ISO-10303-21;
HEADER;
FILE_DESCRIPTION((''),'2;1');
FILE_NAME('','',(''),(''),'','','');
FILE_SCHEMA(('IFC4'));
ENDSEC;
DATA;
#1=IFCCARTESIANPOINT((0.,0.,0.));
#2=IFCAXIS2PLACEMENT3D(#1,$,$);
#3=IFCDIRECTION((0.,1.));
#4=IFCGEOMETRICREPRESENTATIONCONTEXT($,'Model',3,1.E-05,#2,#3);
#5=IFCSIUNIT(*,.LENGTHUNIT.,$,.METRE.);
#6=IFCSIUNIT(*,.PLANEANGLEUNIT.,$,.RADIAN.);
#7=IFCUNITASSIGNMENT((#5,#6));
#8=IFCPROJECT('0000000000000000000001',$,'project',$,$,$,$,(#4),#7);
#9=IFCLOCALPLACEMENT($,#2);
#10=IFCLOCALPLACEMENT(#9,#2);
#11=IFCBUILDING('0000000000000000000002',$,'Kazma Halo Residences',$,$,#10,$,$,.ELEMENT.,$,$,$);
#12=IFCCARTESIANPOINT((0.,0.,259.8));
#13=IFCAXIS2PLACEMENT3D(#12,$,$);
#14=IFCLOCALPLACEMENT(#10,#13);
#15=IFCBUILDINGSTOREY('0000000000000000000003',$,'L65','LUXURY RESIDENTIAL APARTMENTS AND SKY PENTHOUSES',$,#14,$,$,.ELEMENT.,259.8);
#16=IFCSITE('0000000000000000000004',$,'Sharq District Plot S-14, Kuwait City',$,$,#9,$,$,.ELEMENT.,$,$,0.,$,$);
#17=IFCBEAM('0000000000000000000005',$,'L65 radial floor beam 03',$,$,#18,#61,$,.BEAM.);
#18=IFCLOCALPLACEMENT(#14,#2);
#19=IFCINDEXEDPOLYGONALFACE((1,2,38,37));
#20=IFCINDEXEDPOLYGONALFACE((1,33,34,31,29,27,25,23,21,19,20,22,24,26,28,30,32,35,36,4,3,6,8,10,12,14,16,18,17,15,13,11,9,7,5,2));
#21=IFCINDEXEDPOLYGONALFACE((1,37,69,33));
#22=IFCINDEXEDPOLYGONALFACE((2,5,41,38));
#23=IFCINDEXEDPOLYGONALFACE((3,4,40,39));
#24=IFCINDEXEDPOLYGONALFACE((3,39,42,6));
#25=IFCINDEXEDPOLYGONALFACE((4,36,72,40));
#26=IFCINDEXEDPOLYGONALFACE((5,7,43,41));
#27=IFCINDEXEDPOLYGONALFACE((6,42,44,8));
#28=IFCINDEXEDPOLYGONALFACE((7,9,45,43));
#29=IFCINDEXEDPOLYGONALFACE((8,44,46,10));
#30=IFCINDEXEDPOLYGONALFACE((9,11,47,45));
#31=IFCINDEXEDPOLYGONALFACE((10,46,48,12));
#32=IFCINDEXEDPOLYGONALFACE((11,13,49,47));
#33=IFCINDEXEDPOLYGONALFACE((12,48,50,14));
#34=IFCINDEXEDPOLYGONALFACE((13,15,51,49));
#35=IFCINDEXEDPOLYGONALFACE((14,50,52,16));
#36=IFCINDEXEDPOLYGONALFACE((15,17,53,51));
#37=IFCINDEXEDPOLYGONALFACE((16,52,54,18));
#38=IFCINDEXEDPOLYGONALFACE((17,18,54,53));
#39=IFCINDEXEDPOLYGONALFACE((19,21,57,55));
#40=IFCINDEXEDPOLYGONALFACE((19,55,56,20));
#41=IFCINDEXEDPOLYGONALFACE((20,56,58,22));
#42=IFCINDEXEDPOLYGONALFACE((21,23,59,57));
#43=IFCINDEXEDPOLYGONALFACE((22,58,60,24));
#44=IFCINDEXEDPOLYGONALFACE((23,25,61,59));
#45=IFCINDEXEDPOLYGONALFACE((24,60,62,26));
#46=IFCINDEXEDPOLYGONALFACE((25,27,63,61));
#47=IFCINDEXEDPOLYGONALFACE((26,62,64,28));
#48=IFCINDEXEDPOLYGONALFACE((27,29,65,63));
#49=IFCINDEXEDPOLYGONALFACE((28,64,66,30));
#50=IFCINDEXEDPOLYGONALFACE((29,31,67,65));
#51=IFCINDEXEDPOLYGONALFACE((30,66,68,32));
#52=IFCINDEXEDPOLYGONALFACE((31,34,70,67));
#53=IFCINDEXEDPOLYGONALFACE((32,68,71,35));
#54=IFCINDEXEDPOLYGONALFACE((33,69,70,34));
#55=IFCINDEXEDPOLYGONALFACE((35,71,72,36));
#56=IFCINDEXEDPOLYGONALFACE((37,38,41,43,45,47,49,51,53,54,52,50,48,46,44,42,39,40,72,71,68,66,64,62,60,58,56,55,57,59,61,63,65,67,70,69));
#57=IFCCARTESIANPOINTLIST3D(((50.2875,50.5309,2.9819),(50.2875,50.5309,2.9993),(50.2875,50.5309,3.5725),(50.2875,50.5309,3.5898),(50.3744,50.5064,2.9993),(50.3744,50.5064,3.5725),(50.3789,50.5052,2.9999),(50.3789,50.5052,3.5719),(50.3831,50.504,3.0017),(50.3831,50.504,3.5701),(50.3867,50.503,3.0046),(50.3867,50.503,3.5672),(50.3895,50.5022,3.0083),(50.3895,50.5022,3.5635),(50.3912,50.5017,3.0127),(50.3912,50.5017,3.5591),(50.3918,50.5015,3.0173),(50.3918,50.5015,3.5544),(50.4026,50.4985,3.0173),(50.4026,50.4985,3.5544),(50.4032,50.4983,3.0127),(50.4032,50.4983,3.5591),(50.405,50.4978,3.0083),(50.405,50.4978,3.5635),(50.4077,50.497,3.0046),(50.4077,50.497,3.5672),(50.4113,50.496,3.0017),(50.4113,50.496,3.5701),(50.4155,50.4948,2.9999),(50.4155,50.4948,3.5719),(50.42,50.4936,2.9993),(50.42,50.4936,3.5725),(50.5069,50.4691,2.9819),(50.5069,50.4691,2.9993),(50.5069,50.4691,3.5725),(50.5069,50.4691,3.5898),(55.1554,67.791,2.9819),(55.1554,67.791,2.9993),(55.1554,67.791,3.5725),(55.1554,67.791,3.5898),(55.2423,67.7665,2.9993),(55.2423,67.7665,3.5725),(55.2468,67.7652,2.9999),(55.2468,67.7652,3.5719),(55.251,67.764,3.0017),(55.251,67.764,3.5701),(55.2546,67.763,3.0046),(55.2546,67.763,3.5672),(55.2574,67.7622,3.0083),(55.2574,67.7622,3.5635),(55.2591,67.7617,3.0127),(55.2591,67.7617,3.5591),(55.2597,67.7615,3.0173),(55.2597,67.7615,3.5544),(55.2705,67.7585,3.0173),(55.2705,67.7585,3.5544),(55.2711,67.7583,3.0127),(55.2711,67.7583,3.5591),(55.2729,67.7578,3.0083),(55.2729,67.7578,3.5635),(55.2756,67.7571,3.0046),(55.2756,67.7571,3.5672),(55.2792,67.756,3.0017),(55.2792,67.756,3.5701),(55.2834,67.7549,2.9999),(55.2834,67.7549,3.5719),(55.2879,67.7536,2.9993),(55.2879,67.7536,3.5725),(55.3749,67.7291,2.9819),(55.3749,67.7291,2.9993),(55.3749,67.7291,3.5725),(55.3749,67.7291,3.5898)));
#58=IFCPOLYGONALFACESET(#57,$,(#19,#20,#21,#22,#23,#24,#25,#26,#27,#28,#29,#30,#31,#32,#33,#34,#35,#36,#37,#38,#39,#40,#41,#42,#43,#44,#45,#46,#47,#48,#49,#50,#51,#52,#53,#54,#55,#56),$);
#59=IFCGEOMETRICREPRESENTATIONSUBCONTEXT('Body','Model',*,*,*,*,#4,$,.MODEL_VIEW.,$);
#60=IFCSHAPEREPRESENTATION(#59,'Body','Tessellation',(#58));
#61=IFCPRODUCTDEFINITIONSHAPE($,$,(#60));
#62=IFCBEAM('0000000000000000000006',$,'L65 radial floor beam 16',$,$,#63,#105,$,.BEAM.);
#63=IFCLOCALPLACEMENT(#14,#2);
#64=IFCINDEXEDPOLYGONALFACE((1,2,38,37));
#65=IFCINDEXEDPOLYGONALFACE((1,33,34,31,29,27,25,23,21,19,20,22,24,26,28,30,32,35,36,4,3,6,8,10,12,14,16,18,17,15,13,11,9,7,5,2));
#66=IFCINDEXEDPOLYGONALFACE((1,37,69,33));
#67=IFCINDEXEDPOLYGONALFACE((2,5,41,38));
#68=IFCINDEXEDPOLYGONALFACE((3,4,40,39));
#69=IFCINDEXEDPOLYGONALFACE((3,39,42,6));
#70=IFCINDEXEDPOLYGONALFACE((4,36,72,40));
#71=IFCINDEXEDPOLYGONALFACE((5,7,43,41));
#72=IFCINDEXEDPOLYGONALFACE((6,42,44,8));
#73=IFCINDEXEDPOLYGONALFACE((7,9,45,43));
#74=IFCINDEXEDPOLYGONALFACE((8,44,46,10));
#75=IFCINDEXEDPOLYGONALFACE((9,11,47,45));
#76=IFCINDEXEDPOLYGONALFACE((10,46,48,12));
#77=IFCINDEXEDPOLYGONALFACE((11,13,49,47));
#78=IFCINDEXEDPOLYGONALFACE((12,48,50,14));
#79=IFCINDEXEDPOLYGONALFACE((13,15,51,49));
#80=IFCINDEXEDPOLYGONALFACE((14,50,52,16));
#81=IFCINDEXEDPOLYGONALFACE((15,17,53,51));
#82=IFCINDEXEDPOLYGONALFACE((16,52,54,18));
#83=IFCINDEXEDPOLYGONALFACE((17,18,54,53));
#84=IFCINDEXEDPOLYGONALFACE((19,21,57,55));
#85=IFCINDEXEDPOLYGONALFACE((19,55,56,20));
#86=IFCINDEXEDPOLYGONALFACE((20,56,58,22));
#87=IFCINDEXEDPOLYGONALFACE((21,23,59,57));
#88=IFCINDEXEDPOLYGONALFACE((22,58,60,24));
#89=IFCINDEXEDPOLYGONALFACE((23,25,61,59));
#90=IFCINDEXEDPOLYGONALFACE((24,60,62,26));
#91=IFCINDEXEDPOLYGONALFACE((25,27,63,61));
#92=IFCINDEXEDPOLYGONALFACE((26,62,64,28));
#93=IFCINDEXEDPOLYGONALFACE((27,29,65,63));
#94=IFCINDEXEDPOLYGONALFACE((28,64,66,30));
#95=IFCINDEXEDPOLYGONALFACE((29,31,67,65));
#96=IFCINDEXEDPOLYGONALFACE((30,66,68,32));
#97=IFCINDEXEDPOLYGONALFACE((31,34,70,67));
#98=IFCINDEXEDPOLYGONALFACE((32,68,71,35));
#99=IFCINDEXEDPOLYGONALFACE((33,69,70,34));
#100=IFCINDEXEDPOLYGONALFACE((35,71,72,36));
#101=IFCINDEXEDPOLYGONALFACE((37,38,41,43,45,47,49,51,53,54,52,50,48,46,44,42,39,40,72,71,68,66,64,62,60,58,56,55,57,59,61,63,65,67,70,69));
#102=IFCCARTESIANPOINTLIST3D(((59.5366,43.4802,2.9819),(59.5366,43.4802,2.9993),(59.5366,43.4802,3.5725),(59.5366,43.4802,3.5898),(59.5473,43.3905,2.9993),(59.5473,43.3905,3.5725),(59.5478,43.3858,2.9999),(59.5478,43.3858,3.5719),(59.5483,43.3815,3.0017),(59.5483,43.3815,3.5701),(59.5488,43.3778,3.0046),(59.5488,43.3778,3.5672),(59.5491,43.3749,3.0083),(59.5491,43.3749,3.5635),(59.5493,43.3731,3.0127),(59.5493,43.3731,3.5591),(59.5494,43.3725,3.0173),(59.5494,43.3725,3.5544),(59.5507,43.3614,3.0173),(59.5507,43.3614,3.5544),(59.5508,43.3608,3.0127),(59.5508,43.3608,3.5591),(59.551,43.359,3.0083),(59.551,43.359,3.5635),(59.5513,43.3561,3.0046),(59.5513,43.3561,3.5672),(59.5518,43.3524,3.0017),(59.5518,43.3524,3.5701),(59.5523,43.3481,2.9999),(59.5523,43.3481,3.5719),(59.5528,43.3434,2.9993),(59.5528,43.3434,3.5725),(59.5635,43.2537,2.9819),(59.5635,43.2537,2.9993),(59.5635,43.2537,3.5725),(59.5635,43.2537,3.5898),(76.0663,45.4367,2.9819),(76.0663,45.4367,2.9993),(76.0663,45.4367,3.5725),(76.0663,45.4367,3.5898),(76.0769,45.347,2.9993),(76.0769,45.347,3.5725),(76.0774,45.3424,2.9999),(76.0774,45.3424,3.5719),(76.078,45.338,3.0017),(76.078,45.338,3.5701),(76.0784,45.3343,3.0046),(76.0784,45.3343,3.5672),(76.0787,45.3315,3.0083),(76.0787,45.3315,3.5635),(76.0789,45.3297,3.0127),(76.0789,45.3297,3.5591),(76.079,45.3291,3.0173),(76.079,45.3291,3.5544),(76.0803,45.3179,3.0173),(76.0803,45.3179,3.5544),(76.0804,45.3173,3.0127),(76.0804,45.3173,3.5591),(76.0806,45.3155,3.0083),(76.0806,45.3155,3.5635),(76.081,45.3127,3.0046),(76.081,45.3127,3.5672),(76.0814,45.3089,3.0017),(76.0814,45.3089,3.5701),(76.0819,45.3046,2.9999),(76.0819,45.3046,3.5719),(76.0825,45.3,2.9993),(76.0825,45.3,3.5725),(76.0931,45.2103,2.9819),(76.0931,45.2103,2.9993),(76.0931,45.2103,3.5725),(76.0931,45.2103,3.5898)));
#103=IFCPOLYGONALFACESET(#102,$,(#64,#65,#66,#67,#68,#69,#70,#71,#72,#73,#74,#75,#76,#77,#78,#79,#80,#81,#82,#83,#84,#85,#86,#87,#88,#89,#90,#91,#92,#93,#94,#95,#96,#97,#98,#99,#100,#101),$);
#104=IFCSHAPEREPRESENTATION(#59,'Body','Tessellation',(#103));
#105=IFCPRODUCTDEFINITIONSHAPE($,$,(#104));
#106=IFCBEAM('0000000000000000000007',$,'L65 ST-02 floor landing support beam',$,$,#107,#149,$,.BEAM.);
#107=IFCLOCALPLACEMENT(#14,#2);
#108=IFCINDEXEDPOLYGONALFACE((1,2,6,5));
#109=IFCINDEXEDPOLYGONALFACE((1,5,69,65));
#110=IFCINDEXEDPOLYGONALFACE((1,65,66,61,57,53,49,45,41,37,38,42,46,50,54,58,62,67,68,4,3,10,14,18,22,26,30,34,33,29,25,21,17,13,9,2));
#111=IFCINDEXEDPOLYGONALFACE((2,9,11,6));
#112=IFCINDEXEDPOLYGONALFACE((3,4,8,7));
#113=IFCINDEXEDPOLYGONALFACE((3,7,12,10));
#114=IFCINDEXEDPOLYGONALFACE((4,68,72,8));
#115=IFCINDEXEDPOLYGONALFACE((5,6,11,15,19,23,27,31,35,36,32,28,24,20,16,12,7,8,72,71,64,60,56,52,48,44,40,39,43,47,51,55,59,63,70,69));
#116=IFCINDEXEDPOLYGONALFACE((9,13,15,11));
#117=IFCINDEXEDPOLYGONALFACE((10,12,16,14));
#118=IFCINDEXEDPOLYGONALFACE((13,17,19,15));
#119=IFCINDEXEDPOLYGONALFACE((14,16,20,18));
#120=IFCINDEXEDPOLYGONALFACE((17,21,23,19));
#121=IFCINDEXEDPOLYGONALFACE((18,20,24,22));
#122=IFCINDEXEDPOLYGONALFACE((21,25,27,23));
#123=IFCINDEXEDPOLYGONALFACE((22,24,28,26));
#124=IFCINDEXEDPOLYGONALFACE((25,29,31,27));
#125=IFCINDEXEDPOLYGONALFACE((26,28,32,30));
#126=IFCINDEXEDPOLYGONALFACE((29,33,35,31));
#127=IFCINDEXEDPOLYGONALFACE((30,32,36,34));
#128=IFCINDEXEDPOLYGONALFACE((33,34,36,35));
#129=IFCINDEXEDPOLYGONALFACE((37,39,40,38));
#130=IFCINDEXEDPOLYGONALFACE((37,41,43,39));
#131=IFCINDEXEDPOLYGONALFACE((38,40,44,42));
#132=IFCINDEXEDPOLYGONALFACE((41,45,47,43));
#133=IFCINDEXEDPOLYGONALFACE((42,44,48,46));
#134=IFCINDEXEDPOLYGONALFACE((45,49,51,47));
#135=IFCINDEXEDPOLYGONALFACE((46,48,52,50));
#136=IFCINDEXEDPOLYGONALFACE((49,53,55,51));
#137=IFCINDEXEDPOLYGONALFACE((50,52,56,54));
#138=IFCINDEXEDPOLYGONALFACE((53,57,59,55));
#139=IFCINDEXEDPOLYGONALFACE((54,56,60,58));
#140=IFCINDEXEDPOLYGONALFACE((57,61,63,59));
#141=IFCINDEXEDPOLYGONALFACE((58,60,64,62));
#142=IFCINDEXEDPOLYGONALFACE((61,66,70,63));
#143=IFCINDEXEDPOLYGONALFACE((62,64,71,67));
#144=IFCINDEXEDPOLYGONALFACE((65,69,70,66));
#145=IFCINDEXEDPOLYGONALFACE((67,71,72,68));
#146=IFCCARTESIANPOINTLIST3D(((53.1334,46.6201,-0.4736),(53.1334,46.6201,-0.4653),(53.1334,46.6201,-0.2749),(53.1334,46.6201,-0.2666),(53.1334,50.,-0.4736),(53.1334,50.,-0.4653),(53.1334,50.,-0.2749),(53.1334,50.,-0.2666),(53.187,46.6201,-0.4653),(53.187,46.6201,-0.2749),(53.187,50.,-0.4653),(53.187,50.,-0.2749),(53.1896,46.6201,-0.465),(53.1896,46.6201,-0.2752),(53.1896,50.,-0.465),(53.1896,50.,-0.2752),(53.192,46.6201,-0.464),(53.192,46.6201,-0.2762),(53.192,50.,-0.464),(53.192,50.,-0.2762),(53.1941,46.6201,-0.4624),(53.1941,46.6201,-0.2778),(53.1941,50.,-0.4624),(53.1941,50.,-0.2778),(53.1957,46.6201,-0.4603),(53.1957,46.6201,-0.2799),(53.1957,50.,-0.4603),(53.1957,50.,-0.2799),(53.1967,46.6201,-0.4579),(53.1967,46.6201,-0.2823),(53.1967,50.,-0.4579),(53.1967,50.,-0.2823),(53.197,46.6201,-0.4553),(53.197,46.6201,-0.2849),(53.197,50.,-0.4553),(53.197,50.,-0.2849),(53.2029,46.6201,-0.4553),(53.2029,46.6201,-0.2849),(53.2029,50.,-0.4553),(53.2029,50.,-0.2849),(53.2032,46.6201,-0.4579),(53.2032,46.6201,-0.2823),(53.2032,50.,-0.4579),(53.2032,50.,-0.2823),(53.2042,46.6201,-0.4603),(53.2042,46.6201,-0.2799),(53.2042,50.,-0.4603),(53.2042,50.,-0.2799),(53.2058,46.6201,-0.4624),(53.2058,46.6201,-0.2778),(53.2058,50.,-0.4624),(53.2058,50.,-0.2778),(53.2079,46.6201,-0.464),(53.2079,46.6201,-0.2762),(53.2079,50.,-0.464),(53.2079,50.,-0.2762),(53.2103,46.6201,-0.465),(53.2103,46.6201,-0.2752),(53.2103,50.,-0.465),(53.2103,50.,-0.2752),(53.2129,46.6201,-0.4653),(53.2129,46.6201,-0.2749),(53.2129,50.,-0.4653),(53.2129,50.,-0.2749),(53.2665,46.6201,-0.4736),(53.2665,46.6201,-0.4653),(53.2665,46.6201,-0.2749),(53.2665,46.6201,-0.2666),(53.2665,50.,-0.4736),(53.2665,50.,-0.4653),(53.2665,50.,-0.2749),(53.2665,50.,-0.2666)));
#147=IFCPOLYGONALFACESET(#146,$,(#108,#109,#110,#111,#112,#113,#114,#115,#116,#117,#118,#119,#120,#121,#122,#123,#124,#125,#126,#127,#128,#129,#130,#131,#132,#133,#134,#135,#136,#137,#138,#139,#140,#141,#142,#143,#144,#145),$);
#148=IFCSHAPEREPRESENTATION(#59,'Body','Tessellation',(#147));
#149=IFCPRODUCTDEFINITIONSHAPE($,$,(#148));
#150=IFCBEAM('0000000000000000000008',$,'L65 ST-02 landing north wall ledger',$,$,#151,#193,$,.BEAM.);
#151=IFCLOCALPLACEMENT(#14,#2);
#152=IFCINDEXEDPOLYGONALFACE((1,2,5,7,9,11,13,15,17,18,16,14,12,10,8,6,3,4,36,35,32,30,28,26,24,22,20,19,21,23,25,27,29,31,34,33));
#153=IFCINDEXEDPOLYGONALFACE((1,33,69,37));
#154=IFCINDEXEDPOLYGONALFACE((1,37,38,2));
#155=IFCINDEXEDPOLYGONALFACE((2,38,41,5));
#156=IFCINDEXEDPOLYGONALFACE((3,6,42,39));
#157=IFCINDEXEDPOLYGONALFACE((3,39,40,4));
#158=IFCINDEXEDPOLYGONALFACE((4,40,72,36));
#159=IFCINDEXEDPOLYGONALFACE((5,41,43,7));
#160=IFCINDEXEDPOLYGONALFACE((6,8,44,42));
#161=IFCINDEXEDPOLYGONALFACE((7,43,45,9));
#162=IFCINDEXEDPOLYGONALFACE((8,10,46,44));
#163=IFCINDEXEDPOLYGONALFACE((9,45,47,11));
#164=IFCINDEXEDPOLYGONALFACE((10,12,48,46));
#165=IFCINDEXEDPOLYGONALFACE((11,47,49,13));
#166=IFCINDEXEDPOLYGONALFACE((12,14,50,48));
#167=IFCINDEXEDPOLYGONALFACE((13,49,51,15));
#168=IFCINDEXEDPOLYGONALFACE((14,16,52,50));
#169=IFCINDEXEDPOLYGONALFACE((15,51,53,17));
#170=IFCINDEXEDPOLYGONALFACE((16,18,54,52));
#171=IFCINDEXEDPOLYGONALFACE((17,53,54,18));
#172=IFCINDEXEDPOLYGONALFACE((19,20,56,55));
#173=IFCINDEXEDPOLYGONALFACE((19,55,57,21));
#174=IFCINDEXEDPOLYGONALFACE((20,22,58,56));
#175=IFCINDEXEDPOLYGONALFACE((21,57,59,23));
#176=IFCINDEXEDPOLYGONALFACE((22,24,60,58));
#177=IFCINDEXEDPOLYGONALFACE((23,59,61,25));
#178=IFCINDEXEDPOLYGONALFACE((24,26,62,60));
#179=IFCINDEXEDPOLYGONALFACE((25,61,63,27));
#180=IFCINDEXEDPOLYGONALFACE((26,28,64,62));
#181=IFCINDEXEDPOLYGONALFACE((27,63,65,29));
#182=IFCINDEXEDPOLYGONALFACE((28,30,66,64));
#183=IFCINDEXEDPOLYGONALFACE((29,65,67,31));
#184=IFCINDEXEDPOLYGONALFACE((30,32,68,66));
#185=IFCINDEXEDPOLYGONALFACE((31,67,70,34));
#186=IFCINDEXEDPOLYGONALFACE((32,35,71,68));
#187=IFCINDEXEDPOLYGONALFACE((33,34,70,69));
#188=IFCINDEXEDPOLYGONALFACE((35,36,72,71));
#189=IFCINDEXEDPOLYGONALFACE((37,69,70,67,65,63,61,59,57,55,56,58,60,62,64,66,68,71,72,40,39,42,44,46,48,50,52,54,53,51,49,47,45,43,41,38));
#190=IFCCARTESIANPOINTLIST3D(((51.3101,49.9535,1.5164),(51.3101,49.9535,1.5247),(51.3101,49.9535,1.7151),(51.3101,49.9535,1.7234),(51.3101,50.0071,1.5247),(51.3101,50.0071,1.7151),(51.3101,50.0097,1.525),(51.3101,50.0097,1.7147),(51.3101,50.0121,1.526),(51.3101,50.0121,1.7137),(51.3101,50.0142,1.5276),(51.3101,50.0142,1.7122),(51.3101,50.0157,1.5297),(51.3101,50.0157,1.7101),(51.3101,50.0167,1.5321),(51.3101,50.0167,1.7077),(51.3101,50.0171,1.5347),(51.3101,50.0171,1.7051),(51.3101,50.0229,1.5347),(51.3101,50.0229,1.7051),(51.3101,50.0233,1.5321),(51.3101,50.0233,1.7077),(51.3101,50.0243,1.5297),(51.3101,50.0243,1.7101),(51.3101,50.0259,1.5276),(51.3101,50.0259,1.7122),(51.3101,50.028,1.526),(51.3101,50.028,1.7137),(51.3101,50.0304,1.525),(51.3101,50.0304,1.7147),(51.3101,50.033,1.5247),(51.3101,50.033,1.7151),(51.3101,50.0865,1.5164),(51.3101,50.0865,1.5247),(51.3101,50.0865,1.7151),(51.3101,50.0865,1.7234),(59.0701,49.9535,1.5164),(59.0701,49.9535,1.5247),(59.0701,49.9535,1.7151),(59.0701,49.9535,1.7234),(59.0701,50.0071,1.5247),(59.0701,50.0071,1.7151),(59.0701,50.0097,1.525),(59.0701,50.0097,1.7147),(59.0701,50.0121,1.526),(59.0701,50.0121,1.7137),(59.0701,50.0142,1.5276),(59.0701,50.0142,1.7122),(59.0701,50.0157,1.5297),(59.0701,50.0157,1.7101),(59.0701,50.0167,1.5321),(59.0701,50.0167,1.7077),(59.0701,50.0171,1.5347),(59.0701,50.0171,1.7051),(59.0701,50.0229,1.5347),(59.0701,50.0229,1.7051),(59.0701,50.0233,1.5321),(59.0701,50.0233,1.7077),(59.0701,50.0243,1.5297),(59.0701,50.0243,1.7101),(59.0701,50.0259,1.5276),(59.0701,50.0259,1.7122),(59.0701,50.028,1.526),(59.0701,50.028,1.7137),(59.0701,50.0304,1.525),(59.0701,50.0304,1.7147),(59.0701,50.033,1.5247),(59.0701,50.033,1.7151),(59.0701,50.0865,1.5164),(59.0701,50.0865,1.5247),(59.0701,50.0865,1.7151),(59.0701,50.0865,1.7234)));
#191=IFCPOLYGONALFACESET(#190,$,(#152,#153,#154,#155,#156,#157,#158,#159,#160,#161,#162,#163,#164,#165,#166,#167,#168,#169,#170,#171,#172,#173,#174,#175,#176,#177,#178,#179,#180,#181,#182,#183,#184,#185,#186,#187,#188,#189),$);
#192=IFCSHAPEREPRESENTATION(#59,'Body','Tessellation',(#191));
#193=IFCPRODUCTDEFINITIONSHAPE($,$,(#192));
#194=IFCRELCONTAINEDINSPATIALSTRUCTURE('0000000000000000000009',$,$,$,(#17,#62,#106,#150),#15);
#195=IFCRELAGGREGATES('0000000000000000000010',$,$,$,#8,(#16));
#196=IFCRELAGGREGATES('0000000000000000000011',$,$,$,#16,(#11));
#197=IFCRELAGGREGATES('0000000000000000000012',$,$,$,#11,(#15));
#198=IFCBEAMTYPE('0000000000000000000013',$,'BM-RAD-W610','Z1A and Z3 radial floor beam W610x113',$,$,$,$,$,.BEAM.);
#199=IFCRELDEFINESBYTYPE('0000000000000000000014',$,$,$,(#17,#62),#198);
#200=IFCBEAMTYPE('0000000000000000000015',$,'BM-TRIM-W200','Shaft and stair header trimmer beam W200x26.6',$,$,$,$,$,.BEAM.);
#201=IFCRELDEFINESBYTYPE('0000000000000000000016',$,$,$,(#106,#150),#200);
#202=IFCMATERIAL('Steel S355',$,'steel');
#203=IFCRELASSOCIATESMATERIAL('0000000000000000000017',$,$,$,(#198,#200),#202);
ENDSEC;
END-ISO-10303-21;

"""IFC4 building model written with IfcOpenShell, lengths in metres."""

from ifc_helpers import new_model, si_unit, direction, frame, origin, origin_2d, place, context, subcontext, project, spatial, i_section, extrude, material, material_profile, profile_set, type_object, element, save


model = new_model("IFC4")

# Units and contexts
model_context = context("Model", 3, precision=1e-05, world=origin(), true_north=direction((0.0, 1.0)))
body_context = subcontext(model_context, "Body", "Model", "MODEL_VIEW")
ifc_project = project(units=[si_unit("LENGTHUNIT", "METRE"), si_unit("PLANEANGLEUNIT", "RADIAN")], contexts=[model_context])

# Site, building, storey
site_placement = place(None, origin())
site = spatial("IfcSite", under=ifc_project, at=site_placement, Name="Sharq District Plot S-14, Kuwait City", CompositionType="ELEMENT", RefElevation=0.0)
building_placement = place(site_placement, origin())
building = spatial("IfcBuilding", under=site, at=building_placement, Name="Kazma Halo Residences", CompositionType="ELEMENT")
storey_placement = place(building_placement, frame((0.0, 0.0, 259.8)))
storey = spatial("IfcBuildingStorey", under=building, at=storey_placement, Name="L65", Description="LUXURY RESIDENTIAL APARTMENTS AND SKY PENTHOUSES", CompositionType="ELEMENT", Elevation=259.8)

# Shared definitions
ifc_material_1 = material(Name="Steel S355", Category="steel")

# Beams
ifc_material_profile_1 = material_profile(ifc_material_1, i_section(OverallWidth=0.228, OverallDepth=0.6079, WebThickness=0.0112, FlangeThickness=0.0173, FilletRadius=0.0181, at=origin_2d()), Name="W610x113")
ifc_profile_set_1 = profile_set([ifc_material_profile_1], Name="Steel S355")
beam_type_1 = type_object("IfcBeamType", Name="BM-RAD-W610", Description="Z1A and Z3 radial floor beam W610x113", PredefinedType="BEAM", material=ifc_profile_set_1)
beam_1_placement = place(storey_placement, frame((50.3972, 50.5, 3.2859), z_axis=(0.271445, 0.962454, 0.0), x_axis=(-0.962454, 0.271445, 0.0)))
element("IfcBeam", 1, at=beam_1_placement, inside=storey, type_object=beam_type_1, Name="L65 radial floor beam 03", PredefinedType="BEAM", context=body_context, shape_type="SweptSolid", body=[
    extrude(i_section(OverallWidth=0.228, OverallDepth=0.6079, WebThickness=0.0112, FlangeThickness=0.0173, FilletRadius=0.0181, at=origin_2d()), origin(), (0.0, 0.0, 1.0), 17.9333),
])
beam_2_placement = place(storey_placement, frame((59.55, 43.3669, 3.2859), z_axis=(0.993067, 0.117546, 0.0), x_axis=(-0.117546, 0.993067, 0.0)))
element("IfcBeam", 2, at=beam_2_placement, inside=storey, type_object=beam_type_1, Name="L65 radial floor beam 16", PredefinedType="BEAM", context=body_context, shape_type="SweptSolid", body=[
    extrude(i_section(OverallWidth=0.228, OverallDepth=0.6079, WebThickness=0.0112, FlangeThickness=0.0173, FilletRadius=0.0181, at=origin_2d()), origin(), (0.0, 0.0, 1.0), 16.645),
])
ifc_material_profile_2 = material_profile(ifc_material_1, i_section(OverallWidth=0.1331, OverallDepth=0.207, WebThickness=0.0059, FlangeThickness=0.0083, FilletRadius=0.01, at=origin_2d()), Name="W200x26.6")
ifc_profile_set_2 = profile_set([ifc_material_profile_2], Name="Steel S355")
beam_type_2 = type_object("IfcBeamType", Name="BM-TRIM-W200", Description="Shaft and stair header trimmer beam W200x26.6", PredefinedType="BEAM", material=ifc_profile_set_2)
beam_3_placement = place(storey_placement, frame((53.2, 46.6201, -0.3701), z_axis=(0.0, 1.0, 0.0), x_axis=(-1.0, 0.0, 0.0)))
element("IfcBeam", 3, at=beam_3_placement, inside=storey, type_object=beam_type_2, Name="L65 ST-02 floor landing support beam", PredefinedType="BEAM", context=body_context, shape_type="SweptSolid", body=[
    extrude(i_section(OverallWidth=0.1331, OverallDepth=0.207, WebThickness=0.0059, FlangeThickness=0.0083, FilletRadius=0.01, at=origin_2d()), origin(), (0.0, 0.0, 1.0), 3.3799),
])
beam_4_placement = place(storey_placement, frame((51.3101, 50.02, 1.6199), z_axis=(1.0, 0.0, 0.0), x_axis=(0.0, 1.0, 0.0)))
element("IfcBeam", 4, at=beam_4_placement, inside=storey, type_object=beam_type_2, Name="L65 ST-02 landing north wall ledger", PredefinedType="BEAM", context=body_context, shape_type="SweptSolid", body=[
    extrude(i_section(OverallWidth=0.1331, OverallDepth=0.207, WebThickness=0.0059, FlangeThickness=0.0083, FilletRadius=0.01, at=origin_2d()), origin(), (0.0, 0.0, 1.0), 7.76),
])

save(model, "model.ifc")
